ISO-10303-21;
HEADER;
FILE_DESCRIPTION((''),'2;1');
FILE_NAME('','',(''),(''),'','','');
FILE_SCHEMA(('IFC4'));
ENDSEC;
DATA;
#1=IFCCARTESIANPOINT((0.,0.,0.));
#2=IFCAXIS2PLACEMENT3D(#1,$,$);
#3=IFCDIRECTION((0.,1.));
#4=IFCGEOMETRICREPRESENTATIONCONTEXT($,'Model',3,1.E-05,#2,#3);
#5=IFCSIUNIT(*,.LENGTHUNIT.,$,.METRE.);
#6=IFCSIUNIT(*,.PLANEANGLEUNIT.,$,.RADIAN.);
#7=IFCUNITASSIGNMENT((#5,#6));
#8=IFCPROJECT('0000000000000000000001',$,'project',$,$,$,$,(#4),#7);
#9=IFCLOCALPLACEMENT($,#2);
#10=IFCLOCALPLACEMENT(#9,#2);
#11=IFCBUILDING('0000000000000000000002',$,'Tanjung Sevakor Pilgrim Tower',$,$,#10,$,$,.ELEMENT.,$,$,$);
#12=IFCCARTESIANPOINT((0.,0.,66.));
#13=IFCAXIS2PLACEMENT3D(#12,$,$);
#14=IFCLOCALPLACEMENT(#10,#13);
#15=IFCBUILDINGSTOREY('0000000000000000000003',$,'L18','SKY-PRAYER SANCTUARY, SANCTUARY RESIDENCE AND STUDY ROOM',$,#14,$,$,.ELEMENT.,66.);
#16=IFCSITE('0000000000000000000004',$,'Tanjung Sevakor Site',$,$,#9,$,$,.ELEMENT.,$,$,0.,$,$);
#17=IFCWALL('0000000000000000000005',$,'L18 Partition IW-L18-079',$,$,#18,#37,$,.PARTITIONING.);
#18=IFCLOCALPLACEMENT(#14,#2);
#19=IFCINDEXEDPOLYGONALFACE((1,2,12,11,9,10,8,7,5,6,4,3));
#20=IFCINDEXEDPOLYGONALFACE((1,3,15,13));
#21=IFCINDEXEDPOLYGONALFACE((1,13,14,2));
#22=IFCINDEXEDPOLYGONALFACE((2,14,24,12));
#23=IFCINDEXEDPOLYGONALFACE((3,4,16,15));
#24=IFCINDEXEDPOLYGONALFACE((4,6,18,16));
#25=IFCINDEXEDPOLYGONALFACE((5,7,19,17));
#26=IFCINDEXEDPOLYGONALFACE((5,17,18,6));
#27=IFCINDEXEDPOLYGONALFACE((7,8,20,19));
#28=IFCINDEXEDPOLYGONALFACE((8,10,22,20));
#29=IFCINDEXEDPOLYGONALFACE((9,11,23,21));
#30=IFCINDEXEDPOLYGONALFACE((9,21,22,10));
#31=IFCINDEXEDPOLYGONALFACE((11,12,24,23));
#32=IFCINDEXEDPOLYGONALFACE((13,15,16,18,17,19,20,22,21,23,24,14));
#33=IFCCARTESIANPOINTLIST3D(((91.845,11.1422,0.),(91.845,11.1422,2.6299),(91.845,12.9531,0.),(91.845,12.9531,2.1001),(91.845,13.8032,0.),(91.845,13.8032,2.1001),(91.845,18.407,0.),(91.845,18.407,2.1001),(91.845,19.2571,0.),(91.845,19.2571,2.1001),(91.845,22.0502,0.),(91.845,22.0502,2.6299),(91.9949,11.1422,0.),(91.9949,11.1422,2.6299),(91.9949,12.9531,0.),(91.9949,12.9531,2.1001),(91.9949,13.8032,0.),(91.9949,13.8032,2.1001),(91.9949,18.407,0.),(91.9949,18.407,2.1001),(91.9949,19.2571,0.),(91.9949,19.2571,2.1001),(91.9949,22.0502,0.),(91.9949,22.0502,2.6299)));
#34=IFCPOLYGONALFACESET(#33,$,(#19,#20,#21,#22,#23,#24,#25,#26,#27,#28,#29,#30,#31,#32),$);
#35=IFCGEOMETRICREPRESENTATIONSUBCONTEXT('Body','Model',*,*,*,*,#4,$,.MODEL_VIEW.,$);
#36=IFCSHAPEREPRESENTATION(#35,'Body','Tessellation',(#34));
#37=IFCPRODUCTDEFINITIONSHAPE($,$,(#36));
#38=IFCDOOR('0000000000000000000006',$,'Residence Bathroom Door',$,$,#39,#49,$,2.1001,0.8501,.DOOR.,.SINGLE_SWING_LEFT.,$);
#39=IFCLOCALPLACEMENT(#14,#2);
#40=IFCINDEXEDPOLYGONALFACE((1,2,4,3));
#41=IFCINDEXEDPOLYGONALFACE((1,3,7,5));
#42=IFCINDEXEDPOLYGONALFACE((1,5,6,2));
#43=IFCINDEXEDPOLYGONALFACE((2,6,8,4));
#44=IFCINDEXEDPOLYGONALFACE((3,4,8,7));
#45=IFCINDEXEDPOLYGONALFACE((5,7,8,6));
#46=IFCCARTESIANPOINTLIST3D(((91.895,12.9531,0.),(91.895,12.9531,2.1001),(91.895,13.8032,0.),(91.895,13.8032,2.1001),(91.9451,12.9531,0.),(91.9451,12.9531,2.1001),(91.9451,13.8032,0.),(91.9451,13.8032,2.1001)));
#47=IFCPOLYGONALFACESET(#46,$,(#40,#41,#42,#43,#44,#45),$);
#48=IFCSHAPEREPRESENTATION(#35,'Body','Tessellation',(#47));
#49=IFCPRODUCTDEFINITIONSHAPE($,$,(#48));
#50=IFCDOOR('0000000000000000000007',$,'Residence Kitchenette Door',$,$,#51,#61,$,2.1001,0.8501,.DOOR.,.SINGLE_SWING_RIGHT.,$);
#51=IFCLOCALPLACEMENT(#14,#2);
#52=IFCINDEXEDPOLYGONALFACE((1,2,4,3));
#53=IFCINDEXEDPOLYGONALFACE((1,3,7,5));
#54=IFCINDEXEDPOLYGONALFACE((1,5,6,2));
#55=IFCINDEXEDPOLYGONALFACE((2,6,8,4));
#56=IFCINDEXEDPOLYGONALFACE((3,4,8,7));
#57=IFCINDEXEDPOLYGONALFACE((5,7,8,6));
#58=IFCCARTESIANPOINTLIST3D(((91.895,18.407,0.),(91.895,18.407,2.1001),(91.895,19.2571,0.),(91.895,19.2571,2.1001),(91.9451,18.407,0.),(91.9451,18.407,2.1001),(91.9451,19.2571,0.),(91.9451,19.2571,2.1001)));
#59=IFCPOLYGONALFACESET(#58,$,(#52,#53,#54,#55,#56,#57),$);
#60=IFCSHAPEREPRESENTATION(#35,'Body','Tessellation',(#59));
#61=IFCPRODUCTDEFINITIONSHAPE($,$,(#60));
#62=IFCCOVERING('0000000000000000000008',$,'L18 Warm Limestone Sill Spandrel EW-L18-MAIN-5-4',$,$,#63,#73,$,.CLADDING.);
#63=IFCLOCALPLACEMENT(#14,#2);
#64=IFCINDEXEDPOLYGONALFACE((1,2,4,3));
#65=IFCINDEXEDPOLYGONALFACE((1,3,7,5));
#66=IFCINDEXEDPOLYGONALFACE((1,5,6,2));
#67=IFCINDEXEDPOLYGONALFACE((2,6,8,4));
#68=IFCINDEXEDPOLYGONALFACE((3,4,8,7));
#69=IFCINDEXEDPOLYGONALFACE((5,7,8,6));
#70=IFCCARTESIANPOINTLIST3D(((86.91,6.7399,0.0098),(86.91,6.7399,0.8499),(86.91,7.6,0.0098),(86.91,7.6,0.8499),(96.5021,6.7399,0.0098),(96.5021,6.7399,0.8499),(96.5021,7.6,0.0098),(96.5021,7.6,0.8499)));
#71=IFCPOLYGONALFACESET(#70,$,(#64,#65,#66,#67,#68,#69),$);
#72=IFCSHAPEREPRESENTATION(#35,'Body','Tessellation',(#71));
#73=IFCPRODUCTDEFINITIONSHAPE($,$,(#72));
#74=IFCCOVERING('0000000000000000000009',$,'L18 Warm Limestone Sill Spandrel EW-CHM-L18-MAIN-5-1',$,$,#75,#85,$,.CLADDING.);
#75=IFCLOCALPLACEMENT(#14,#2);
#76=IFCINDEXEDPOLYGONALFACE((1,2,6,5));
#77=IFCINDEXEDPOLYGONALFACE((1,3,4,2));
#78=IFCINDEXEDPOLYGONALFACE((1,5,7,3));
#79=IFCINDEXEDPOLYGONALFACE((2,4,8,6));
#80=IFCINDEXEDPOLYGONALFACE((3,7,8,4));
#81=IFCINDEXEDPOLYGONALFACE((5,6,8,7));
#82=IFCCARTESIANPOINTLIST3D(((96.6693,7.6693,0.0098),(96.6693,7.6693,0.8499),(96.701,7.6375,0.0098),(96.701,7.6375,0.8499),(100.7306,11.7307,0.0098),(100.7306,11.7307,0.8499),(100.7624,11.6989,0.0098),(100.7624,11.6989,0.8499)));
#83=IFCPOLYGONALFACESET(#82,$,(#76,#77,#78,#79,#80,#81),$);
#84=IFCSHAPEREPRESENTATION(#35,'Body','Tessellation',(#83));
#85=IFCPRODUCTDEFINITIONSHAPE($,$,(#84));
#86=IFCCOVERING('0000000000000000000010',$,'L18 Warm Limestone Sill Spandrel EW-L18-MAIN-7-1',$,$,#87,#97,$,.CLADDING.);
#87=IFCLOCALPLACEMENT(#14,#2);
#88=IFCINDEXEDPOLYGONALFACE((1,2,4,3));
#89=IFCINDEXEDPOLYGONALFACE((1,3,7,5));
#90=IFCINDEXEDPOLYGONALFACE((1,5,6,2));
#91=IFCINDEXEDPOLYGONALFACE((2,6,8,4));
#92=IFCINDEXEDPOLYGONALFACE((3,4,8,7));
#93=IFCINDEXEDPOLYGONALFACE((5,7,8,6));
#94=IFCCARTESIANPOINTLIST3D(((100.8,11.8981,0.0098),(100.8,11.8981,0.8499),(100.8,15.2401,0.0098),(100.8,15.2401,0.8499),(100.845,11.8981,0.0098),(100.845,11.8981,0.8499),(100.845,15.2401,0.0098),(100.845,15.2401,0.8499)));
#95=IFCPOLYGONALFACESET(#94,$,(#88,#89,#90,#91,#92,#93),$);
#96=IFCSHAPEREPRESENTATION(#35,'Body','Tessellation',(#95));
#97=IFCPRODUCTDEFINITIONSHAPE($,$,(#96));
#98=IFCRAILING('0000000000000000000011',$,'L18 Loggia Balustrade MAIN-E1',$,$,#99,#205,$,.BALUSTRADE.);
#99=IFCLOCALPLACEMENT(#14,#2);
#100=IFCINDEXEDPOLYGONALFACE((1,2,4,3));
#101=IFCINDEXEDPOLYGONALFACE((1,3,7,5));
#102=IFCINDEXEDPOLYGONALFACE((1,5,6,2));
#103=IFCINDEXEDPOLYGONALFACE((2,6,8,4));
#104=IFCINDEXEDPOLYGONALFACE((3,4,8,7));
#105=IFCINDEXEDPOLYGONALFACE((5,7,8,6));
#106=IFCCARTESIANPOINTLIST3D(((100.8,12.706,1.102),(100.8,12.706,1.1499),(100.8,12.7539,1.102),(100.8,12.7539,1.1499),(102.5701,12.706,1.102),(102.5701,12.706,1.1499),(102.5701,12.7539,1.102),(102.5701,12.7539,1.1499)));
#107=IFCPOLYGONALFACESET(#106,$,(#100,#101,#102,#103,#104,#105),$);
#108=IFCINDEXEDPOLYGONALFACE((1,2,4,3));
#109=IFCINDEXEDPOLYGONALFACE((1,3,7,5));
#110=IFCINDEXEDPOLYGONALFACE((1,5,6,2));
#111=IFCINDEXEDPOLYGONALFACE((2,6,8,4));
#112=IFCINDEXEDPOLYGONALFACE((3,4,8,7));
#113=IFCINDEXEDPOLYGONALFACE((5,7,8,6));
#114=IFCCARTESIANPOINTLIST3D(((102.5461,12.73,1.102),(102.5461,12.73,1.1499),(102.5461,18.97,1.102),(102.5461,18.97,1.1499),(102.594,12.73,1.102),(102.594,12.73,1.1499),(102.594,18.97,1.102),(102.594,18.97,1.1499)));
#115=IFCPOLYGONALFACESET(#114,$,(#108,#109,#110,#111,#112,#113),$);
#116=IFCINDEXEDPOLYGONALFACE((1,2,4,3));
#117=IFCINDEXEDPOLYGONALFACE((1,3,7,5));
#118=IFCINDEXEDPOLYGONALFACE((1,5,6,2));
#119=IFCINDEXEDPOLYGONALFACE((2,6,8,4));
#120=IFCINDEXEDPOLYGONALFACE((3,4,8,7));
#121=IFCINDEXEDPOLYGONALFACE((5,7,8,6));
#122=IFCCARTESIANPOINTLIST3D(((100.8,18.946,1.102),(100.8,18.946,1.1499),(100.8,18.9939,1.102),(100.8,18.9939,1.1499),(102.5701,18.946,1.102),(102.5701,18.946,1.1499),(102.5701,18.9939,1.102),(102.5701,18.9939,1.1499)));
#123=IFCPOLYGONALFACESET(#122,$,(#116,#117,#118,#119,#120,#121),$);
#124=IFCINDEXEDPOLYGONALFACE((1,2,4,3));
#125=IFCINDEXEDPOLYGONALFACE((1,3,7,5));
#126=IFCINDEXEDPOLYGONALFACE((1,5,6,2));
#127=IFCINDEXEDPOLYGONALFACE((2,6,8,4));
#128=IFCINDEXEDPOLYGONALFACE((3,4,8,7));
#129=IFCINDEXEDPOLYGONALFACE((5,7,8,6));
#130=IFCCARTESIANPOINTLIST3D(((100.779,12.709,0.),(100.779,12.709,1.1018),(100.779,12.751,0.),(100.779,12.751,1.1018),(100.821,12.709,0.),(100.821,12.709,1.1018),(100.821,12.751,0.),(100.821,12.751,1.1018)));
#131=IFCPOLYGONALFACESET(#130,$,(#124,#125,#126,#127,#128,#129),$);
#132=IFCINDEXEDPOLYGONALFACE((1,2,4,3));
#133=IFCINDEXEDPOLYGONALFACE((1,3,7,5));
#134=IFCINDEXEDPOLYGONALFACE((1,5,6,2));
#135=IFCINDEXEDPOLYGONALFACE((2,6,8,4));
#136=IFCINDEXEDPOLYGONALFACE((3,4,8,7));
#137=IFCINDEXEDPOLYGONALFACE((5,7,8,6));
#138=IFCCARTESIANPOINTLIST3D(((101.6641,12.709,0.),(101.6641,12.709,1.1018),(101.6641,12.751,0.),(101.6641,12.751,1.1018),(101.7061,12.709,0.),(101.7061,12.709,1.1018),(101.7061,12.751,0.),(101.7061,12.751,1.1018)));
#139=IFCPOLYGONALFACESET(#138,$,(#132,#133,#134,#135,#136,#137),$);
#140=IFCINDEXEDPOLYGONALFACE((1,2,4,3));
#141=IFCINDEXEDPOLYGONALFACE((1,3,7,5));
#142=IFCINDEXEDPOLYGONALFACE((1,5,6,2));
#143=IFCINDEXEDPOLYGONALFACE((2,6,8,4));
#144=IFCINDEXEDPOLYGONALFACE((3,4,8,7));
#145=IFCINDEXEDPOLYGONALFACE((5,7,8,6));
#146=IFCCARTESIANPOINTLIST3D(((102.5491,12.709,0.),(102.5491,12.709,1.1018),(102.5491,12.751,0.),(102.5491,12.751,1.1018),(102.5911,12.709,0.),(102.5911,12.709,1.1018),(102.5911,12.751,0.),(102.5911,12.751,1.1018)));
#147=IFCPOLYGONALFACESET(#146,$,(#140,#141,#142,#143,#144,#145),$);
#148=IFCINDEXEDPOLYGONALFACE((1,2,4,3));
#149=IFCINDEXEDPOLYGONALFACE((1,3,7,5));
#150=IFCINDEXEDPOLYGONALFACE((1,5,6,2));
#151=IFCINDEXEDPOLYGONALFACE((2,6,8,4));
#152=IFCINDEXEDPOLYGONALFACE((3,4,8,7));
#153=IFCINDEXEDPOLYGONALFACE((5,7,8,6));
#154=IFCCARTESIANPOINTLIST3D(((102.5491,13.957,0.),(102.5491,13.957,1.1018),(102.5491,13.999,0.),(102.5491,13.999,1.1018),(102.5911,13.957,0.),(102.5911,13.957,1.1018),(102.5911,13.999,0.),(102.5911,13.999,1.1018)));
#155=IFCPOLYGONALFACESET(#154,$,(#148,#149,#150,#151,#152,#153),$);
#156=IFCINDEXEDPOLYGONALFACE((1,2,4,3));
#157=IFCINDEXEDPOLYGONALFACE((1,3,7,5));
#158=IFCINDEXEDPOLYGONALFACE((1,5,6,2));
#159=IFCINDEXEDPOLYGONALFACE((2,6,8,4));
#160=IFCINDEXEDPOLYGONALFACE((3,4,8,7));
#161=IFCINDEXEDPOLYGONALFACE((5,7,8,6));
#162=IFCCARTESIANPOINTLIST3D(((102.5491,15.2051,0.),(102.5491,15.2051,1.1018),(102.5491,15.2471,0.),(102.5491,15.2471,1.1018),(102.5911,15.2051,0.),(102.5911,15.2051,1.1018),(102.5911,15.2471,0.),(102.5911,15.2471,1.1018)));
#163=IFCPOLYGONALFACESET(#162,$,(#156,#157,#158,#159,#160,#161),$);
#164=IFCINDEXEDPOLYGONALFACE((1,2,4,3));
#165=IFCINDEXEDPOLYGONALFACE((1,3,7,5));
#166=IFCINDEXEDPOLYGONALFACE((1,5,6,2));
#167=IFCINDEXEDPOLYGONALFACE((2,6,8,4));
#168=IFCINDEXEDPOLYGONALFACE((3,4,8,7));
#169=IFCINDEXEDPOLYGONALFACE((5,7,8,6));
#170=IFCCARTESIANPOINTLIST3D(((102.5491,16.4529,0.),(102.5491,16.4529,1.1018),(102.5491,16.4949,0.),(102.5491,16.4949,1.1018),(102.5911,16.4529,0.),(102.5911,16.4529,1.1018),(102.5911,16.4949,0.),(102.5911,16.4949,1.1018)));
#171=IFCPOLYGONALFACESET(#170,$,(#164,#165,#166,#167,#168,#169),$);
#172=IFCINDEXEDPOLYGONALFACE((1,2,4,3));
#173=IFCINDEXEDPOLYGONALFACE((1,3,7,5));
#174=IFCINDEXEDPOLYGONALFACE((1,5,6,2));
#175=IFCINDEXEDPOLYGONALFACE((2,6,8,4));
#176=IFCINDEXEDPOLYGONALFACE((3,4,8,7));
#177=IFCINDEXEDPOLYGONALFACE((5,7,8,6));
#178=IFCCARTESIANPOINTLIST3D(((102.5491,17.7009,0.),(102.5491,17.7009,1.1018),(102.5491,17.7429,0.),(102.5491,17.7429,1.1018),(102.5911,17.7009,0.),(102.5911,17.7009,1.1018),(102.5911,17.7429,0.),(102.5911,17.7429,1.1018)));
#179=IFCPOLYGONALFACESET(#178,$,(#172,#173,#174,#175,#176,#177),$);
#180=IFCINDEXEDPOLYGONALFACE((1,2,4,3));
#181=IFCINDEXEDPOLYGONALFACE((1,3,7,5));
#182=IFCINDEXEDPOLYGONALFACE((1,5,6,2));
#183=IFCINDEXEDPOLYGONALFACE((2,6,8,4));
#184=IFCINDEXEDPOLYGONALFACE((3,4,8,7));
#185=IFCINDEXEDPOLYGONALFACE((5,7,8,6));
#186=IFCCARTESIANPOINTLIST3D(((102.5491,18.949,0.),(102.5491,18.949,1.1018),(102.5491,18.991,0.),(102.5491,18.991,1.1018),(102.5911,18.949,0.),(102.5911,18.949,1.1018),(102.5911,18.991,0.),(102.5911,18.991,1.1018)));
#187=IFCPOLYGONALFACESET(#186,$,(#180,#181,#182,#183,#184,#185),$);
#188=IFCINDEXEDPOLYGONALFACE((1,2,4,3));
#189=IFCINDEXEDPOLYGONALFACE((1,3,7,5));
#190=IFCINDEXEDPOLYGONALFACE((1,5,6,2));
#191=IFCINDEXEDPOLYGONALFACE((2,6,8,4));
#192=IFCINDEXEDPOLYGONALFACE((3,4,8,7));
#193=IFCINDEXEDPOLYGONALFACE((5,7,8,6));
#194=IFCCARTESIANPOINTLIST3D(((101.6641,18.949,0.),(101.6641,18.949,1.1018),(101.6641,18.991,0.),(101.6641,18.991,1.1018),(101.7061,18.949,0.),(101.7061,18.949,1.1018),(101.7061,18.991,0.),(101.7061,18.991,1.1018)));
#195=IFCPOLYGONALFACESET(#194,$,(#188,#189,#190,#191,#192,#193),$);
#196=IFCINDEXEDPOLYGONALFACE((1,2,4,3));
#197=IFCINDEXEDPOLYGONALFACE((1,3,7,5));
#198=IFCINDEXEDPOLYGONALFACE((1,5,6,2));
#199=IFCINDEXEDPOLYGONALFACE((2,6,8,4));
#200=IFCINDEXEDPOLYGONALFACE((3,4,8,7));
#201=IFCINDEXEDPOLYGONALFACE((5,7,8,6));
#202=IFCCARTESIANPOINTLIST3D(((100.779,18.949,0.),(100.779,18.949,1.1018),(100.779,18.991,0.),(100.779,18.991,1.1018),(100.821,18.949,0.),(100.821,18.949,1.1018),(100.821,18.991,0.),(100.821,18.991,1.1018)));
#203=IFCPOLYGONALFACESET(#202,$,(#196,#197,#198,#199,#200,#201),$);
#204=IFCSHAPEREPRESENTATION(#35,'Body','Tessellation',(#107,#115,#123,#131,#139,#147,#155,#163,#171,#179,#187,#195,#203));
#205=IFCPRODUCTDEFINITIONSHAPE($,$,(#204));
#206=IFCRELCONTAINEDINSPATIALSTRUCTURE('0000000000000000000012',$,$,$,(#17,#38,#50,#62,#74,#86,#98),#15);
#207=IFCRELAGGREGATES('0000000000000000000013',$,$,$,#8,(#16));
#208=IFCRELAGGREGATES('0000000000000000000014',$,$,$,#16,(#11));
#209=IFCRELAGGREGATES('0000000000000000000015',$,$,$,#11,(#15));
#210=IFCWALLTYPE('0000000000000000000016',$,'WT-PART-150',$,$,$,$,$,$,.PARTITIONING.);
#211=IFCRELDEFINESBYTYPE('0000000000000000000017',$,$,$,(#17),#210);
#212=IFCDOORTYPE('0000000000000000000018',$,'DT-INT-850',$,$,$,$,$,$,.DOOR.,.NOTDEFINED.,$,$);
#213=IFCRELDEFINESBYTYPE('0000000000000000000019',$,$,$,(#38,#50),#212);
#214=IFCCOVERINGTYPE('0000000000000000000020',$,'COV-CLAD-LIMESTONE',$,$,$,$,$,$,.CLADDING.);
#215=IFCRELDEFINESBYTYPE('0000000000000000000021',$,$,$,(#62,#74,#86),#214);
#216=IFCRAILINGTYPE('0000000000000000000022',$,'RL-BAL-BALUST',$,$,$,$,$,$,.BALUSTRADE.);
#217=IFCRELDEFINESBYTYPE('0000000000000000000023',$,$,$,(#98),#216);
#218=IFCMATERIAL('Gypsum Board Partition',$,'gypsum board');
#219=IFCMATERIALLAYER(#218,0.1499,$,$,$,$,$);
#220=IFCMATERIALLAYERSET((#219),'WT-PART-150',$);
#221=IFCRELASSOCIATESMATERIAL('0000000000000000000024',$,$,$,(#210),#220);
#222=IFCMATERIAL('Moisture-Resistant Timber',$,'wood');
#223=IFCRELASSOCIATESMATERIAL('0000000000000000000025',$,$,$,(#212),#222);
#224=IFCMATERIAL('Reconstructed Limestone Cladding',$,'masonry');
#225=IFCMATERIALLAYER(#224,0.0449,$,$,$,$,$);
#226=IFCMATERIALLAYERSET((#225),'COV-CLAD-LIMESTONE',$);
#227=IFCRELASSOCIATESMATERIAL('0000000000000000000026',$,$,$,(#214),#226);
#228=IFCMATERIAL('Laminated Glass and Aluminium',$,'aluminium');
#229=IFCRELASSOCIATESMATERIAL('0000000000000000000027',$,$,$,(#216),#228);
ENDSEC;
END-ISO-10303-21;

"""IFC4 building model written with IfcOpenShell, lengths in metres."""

from ifc_helpers import new_model, si_unit, direction, frame, frame_2d, origin, origin_2d, place, context, subcontext, project, spatial, rectangle, extrude, material, layer, layer_set, type_object, element, fill, save


model = new_model("IFC4")

# Units and contexts
model_context = context("Model", 3, precision=1e-05, world=origin(), true_north=direction((0.0, 1.0)))
body_context = subcontext(model_context, "Body", "Model", "MODEL_VIEW")
ifc_project = project(units=[si_unit("LENGTHUNIT", "METRE"), si_unit("PLANEANGLEUNIT", "RADIAN")], contexts=[model_context])

# Site, building, storey
site_placement = place(None, origin())
site = spatial("IfcSite", under=ifc_project, at=site_placement, Name="Tanjung Sevakor Site", CompositionType="ELEMENT", RefElevation=0.0)
building_placement = place(site_placement, origin())
building = spatial("IfcBuilding", under=site, at=building_placement, Name="Tanjung Sevakor Pilgrim Tower", CompositionType="ELEMENT")
storey_placement = place(building_placement, frame((0.0, 0.0, 66.0)))
storey = spatial("IfcBuildingStorey", under=building, at=storey_placement, Name="L18", Description="SKY-PRAYER SANCTUARY, SANCTUARY RESIDENCE AND STUDY ROOM", CompositionType="ELEMENT", Elevation=66.0)

# Wall, openings, doors
ifc_material_1 = material(Name="Gypsum Board Partition", Category="gypsum board")
ifc_layer_1 = layer(ifc_material_1, 0.1499)
ifc_layer_set_1 = layer_set([ifc_layer_1], Name="WT-PART-150")
wall_type_1 = type_object("IfcWallType", Name="WT-PART-150", PredefinedType="PARTITIONING", material=ifc_layer_set_1)
wall_1_placement = place(storey_placement, frame((91.9199, 11.1421, 0.0), z_axis=(0.0, 0.0, 1.0), x_axis=(0.0, 1.0, 0.0)))
wall_1 = element("IfcWall", 1, at=wall_1_placement, inside=storey, type_object=wall_type_1, Name="L18 Partition IW-L18-079", PredefinedType="PARTITIONING", context=body_context, shape_type="SweptSolid", body=[
    extrude(rectangle(XDim=10.908, YDim=0.1499, at=frame_2d((5.4541, 0.0))), origin(), (0.0, 0.0, 1.0), 2.6299),
])
opening_1_placement = place(wall_1_placement, frame((1.811, 0.0, 0.0)))
opening_1 = element("IfcOpeningElement", 2, at=opening_1_placement, cuts=wall_1, PredefinedType="OPENING", context=body_context, shape_type="SweptSolid", body=[
    extrude(rectangle(XDim=0.8501, YDim=2.1001, at=frame_2d((0.425, 1.05))), frame((0.0, 0.085, 0.0), z_axis=(0.0, -1.0, 0.0), x_axis=(1.0, 0.0, 0.0)), (0.0, 0.0, 1.0), 0.1699),
])
opening_2_placement = place(wall_1_placement, frame((7.2649, 0.0, 0.0)))
opening_2 = element("IfcOpeningElement", 3, at=opening_2_placement, cuts=wall_1, PredefinedType="OPENING", context=body_context, shape_type="SweptSolid", body=[
    extrude(rectangle(XDim=0.8501, YDim=2.1001, at=frame_2d((0.425, 1.05))), frame((0.0, 0.085, 0.0), z_axis=(0.0, -1.0, 0.0), x_axis=(1.0, 0.0, 0.0)), (0.0, 0.0, 1.0), 0.1699),
])
ifc_material_2 = material(Name="Moisture-Resistant Timber", Category="wood")
door_type_1 = type_object("IfcDoorType", Name="DT-INT-850", OperationType="NOTDEFINED", PredefinedType="DOOR", material=ifc_material_2)
door_1_placement = place(opening_1_placement, origin())
door_1 = element("IfcDoor", 4, at=door_1_placement, inside=storey, type_object=door_type_1, Name="Residence Bathroom Door", OperationType="SINGLE_SWING_LEFT", OverallHeight=2.1001, OverallWidth=0.8501, PredefinedType="DOOR", context=body_context, shape_type="SweptSolid", body=[
    extrude(rectangle(XDim=0.8501, YDim=2.1001, at=frame_2d((0.425, 1.05))), frame((0.0, 0.0249, 0.0), z_axis=(0.0, -1.0, 0.0), x_axis=(1.0, 0.0, 0.0)), (0.0, 0.0, 1.0), 0.05),
])
fill(opening_1, door_1)
door_2_placement = place(opening_2_placement, origin())
door_2 = element("IfcDoor", 5, at=door_2_placement, inside=storey, type_object=door_type_1, Name="Residence Kitchenette Door", OperationType="SINGLE_SWING_RIGHT", OverallHeight=2.1001, OverallWidth=0.8501, PredefinedType="DOOR", context=body_context, shape_type="SweptSolid", body=[
    extrude(rectangle(XDim=0.8501, YDim=2.1001, at=frame_2d((0.425, 1.05))), frame((0.0, 0.0249, 0.0), z_axis=(0.0, -1.0, 0.0), x_axis=(1.0, 0.0, 0.0)), (0.0, 0.0, 1.0), 0.05),
])
fill(opening_2, door_2)

# Coverings
ifc_material_3 = material(Name="Reconstructed Limestone Cladding", Category="masonry")
ifc_layer_2 = layer(ifc_material_3, 0.0449)
ifc_layer_set_2 = layer_set([ifc_layer_2], Name="COV-CLAD-LIMESTONE")
covering_type = type_object("IfcCoveringType", Name="COV-CLAD-LIMESTONE", PredefinedType="CLADDING", material=ifc_layer_set_2)
covering_1_placement = place(storey_placement, frame((91.7061, 7.1699, 0.0098), z_axis=(0.0, 0.0, 1.0), x_axis=(1.0, 0.0, 0.0)))
element("IfcCovering", 6, at=covering_1_placement, inside=storey, type_object=covering_type, Name="L18 Warm Limestone Sill Spandrel EW-L18-MAIN-5-4", PredefinedType="CLADDING", context=body_context, shape_type="SweptSolid", body=[
    extrude(rectangle(XDim=9.592, YDim=0.8601, at=origin_2d()), origin(), (0.0, 0.0, 1.0), 0.8401),
])
covering_2_placement = place(storey_placement, frame((98.7158, 9.6841, 0.0098), z_axis=(0.0, 0.0, 1.0), x_axis=(0.707107, 0.707107, 0.0)))
element("IfcCovering", 7, at=covering_2_placement, inside=storey, type_object=covering_type, Name="L18 Warm Limestone Sill Spandrel EW-CHM-L18-MAIN-5-1", PredefinedType="CLADDING", context=body_context, shape_type="SweptSolid", body=[
    extrude(rectangle(XDim=5.7437, YDim=0.0449, at=origin_2d()), origin(), (0.0, 0.0, 1.0), 0.8401),
])
covering_3_placement = place(storey_placement, frame((100.8225, 13.5691, 0.0098), z_axis=(0.0, 0.0, 1.0), x_axis=(0.0, 1.0, 0.0)))
element("IfcCovering", 8, at=covering_3_placement, inside=storey, type_object=covering_type, Name="L18 Warm Limestone Sill Spandrel EW-L18-MAIN-7-1", PredefinedType="CLADDING", context=body_context, shape_type="SweptSolid", body=[
    extrude(rectangle(XDim=3.342, YDim=0.0449, at=origin_2d()), origin(), (0.0, 0.0, 1.0), 0.8401),
])

# Railing
ifc_material_4 = material(Name="Laminated Glass and Aluminium", Category="aluminium")
railing_type = type_object("IfcRailingType", Name="RL-BAL-BALUST", PredefinedType="BALUSTRADE", material=ifc_material_4)
railing_placement = place(storey_placement, frame((100.8, 12.73, 0.0)))
element("IfcRailing", 9, at=railing_placement, inside=storey, type_object=railing_type, Name="L18 Loggia Balustrade MAIN-E1", PredefinedType="BALUSTRADE", context=body_context, shape_type="SweptSolid", body=[
    extrude(rectangle(XDim=0.0479, YDim=0.0479), frame((0.0, 0.0, 1.126), z_axis=(1.0, 0.0, 0.0), x_axis=(0.0, 1.0, 0.0)), (0.0, 0.0, 1.0), 1.77),
    extrude(rectangle(XDim=0.0479, YDim=0.0479), frame((1.77, 0.0, 1.126), z_axis=(0.0, 1.0, 0.0), x_axis=(-1.0, 0.0, 0.0)), (0.0, 0.0, 1.0), 6.24),
    extrude(rectangle(XDim=0.0479, YDim=0.0479), frame((1.77, 6.24, 1.126), z_axis=(-1.0, 0.0, 0.0), x_axis=(0.0, -1.0, 0.0)), (0.0, 0.0, 1.0), 1.77),
    extrude(rectangle(XDim=0.042, YDim=0.042), origin(), (0.0, 0.0, 1.0), 1.1018),
    extrude(rectangle(XDim=0.042, YDim=0.042), frame((0.885, 0.0, 0.0)), (0.0, 0.0, 1.0), 1.1018),
    extrude(rectangle(XDim=0.042, YDim=0.042), frame((1.77, 0.0, 0.0)), (0.0, 0.0, 1.0), 1.1018),
    extrude(rectangle(XDim=0.042, YDim=0.042), frame((1.77, 1.248, 0.0)), (0.0, 0.0, 1.0), 1.1018),
    extrude(rectangle(XDim=0.042, YDim=0.042), frame((1.77, 2.4961, 0.0)), (0.0, 0.0, 1.0), 1.1018),
    extrude(rectangle(XDim=0.042, YDim=0.042), frame((1.77, 3.7439, 0.0)), (0.0, 0.0, 1.0), 1.1018),
    extrude(rectangle(XDim=0.042, YDim=0.042), frame((1.77, 4.9919, 0.0)), (0.0, 0.0, 1.0), 1.1018),
    extrude(rectangle(XDim=0.042, YDim=0.042), frame((1.77, 6.24, 0.0)), (0.0, 0.0, 1.0), 1.1018),
    extrude(rectangle(XDim=0.042, YDim=0.042), frame((0.885, 6.24, 0.0)), (0.0, 0.0, 1.0), 1.1018),
    extrude(rectangle(XDim=0.042, YDim=0.042), frame((0.0, 6.24, 0.0)), (0.0, 0.0, 1.0), 1.1018),
])

save(model, "model.ifc")
